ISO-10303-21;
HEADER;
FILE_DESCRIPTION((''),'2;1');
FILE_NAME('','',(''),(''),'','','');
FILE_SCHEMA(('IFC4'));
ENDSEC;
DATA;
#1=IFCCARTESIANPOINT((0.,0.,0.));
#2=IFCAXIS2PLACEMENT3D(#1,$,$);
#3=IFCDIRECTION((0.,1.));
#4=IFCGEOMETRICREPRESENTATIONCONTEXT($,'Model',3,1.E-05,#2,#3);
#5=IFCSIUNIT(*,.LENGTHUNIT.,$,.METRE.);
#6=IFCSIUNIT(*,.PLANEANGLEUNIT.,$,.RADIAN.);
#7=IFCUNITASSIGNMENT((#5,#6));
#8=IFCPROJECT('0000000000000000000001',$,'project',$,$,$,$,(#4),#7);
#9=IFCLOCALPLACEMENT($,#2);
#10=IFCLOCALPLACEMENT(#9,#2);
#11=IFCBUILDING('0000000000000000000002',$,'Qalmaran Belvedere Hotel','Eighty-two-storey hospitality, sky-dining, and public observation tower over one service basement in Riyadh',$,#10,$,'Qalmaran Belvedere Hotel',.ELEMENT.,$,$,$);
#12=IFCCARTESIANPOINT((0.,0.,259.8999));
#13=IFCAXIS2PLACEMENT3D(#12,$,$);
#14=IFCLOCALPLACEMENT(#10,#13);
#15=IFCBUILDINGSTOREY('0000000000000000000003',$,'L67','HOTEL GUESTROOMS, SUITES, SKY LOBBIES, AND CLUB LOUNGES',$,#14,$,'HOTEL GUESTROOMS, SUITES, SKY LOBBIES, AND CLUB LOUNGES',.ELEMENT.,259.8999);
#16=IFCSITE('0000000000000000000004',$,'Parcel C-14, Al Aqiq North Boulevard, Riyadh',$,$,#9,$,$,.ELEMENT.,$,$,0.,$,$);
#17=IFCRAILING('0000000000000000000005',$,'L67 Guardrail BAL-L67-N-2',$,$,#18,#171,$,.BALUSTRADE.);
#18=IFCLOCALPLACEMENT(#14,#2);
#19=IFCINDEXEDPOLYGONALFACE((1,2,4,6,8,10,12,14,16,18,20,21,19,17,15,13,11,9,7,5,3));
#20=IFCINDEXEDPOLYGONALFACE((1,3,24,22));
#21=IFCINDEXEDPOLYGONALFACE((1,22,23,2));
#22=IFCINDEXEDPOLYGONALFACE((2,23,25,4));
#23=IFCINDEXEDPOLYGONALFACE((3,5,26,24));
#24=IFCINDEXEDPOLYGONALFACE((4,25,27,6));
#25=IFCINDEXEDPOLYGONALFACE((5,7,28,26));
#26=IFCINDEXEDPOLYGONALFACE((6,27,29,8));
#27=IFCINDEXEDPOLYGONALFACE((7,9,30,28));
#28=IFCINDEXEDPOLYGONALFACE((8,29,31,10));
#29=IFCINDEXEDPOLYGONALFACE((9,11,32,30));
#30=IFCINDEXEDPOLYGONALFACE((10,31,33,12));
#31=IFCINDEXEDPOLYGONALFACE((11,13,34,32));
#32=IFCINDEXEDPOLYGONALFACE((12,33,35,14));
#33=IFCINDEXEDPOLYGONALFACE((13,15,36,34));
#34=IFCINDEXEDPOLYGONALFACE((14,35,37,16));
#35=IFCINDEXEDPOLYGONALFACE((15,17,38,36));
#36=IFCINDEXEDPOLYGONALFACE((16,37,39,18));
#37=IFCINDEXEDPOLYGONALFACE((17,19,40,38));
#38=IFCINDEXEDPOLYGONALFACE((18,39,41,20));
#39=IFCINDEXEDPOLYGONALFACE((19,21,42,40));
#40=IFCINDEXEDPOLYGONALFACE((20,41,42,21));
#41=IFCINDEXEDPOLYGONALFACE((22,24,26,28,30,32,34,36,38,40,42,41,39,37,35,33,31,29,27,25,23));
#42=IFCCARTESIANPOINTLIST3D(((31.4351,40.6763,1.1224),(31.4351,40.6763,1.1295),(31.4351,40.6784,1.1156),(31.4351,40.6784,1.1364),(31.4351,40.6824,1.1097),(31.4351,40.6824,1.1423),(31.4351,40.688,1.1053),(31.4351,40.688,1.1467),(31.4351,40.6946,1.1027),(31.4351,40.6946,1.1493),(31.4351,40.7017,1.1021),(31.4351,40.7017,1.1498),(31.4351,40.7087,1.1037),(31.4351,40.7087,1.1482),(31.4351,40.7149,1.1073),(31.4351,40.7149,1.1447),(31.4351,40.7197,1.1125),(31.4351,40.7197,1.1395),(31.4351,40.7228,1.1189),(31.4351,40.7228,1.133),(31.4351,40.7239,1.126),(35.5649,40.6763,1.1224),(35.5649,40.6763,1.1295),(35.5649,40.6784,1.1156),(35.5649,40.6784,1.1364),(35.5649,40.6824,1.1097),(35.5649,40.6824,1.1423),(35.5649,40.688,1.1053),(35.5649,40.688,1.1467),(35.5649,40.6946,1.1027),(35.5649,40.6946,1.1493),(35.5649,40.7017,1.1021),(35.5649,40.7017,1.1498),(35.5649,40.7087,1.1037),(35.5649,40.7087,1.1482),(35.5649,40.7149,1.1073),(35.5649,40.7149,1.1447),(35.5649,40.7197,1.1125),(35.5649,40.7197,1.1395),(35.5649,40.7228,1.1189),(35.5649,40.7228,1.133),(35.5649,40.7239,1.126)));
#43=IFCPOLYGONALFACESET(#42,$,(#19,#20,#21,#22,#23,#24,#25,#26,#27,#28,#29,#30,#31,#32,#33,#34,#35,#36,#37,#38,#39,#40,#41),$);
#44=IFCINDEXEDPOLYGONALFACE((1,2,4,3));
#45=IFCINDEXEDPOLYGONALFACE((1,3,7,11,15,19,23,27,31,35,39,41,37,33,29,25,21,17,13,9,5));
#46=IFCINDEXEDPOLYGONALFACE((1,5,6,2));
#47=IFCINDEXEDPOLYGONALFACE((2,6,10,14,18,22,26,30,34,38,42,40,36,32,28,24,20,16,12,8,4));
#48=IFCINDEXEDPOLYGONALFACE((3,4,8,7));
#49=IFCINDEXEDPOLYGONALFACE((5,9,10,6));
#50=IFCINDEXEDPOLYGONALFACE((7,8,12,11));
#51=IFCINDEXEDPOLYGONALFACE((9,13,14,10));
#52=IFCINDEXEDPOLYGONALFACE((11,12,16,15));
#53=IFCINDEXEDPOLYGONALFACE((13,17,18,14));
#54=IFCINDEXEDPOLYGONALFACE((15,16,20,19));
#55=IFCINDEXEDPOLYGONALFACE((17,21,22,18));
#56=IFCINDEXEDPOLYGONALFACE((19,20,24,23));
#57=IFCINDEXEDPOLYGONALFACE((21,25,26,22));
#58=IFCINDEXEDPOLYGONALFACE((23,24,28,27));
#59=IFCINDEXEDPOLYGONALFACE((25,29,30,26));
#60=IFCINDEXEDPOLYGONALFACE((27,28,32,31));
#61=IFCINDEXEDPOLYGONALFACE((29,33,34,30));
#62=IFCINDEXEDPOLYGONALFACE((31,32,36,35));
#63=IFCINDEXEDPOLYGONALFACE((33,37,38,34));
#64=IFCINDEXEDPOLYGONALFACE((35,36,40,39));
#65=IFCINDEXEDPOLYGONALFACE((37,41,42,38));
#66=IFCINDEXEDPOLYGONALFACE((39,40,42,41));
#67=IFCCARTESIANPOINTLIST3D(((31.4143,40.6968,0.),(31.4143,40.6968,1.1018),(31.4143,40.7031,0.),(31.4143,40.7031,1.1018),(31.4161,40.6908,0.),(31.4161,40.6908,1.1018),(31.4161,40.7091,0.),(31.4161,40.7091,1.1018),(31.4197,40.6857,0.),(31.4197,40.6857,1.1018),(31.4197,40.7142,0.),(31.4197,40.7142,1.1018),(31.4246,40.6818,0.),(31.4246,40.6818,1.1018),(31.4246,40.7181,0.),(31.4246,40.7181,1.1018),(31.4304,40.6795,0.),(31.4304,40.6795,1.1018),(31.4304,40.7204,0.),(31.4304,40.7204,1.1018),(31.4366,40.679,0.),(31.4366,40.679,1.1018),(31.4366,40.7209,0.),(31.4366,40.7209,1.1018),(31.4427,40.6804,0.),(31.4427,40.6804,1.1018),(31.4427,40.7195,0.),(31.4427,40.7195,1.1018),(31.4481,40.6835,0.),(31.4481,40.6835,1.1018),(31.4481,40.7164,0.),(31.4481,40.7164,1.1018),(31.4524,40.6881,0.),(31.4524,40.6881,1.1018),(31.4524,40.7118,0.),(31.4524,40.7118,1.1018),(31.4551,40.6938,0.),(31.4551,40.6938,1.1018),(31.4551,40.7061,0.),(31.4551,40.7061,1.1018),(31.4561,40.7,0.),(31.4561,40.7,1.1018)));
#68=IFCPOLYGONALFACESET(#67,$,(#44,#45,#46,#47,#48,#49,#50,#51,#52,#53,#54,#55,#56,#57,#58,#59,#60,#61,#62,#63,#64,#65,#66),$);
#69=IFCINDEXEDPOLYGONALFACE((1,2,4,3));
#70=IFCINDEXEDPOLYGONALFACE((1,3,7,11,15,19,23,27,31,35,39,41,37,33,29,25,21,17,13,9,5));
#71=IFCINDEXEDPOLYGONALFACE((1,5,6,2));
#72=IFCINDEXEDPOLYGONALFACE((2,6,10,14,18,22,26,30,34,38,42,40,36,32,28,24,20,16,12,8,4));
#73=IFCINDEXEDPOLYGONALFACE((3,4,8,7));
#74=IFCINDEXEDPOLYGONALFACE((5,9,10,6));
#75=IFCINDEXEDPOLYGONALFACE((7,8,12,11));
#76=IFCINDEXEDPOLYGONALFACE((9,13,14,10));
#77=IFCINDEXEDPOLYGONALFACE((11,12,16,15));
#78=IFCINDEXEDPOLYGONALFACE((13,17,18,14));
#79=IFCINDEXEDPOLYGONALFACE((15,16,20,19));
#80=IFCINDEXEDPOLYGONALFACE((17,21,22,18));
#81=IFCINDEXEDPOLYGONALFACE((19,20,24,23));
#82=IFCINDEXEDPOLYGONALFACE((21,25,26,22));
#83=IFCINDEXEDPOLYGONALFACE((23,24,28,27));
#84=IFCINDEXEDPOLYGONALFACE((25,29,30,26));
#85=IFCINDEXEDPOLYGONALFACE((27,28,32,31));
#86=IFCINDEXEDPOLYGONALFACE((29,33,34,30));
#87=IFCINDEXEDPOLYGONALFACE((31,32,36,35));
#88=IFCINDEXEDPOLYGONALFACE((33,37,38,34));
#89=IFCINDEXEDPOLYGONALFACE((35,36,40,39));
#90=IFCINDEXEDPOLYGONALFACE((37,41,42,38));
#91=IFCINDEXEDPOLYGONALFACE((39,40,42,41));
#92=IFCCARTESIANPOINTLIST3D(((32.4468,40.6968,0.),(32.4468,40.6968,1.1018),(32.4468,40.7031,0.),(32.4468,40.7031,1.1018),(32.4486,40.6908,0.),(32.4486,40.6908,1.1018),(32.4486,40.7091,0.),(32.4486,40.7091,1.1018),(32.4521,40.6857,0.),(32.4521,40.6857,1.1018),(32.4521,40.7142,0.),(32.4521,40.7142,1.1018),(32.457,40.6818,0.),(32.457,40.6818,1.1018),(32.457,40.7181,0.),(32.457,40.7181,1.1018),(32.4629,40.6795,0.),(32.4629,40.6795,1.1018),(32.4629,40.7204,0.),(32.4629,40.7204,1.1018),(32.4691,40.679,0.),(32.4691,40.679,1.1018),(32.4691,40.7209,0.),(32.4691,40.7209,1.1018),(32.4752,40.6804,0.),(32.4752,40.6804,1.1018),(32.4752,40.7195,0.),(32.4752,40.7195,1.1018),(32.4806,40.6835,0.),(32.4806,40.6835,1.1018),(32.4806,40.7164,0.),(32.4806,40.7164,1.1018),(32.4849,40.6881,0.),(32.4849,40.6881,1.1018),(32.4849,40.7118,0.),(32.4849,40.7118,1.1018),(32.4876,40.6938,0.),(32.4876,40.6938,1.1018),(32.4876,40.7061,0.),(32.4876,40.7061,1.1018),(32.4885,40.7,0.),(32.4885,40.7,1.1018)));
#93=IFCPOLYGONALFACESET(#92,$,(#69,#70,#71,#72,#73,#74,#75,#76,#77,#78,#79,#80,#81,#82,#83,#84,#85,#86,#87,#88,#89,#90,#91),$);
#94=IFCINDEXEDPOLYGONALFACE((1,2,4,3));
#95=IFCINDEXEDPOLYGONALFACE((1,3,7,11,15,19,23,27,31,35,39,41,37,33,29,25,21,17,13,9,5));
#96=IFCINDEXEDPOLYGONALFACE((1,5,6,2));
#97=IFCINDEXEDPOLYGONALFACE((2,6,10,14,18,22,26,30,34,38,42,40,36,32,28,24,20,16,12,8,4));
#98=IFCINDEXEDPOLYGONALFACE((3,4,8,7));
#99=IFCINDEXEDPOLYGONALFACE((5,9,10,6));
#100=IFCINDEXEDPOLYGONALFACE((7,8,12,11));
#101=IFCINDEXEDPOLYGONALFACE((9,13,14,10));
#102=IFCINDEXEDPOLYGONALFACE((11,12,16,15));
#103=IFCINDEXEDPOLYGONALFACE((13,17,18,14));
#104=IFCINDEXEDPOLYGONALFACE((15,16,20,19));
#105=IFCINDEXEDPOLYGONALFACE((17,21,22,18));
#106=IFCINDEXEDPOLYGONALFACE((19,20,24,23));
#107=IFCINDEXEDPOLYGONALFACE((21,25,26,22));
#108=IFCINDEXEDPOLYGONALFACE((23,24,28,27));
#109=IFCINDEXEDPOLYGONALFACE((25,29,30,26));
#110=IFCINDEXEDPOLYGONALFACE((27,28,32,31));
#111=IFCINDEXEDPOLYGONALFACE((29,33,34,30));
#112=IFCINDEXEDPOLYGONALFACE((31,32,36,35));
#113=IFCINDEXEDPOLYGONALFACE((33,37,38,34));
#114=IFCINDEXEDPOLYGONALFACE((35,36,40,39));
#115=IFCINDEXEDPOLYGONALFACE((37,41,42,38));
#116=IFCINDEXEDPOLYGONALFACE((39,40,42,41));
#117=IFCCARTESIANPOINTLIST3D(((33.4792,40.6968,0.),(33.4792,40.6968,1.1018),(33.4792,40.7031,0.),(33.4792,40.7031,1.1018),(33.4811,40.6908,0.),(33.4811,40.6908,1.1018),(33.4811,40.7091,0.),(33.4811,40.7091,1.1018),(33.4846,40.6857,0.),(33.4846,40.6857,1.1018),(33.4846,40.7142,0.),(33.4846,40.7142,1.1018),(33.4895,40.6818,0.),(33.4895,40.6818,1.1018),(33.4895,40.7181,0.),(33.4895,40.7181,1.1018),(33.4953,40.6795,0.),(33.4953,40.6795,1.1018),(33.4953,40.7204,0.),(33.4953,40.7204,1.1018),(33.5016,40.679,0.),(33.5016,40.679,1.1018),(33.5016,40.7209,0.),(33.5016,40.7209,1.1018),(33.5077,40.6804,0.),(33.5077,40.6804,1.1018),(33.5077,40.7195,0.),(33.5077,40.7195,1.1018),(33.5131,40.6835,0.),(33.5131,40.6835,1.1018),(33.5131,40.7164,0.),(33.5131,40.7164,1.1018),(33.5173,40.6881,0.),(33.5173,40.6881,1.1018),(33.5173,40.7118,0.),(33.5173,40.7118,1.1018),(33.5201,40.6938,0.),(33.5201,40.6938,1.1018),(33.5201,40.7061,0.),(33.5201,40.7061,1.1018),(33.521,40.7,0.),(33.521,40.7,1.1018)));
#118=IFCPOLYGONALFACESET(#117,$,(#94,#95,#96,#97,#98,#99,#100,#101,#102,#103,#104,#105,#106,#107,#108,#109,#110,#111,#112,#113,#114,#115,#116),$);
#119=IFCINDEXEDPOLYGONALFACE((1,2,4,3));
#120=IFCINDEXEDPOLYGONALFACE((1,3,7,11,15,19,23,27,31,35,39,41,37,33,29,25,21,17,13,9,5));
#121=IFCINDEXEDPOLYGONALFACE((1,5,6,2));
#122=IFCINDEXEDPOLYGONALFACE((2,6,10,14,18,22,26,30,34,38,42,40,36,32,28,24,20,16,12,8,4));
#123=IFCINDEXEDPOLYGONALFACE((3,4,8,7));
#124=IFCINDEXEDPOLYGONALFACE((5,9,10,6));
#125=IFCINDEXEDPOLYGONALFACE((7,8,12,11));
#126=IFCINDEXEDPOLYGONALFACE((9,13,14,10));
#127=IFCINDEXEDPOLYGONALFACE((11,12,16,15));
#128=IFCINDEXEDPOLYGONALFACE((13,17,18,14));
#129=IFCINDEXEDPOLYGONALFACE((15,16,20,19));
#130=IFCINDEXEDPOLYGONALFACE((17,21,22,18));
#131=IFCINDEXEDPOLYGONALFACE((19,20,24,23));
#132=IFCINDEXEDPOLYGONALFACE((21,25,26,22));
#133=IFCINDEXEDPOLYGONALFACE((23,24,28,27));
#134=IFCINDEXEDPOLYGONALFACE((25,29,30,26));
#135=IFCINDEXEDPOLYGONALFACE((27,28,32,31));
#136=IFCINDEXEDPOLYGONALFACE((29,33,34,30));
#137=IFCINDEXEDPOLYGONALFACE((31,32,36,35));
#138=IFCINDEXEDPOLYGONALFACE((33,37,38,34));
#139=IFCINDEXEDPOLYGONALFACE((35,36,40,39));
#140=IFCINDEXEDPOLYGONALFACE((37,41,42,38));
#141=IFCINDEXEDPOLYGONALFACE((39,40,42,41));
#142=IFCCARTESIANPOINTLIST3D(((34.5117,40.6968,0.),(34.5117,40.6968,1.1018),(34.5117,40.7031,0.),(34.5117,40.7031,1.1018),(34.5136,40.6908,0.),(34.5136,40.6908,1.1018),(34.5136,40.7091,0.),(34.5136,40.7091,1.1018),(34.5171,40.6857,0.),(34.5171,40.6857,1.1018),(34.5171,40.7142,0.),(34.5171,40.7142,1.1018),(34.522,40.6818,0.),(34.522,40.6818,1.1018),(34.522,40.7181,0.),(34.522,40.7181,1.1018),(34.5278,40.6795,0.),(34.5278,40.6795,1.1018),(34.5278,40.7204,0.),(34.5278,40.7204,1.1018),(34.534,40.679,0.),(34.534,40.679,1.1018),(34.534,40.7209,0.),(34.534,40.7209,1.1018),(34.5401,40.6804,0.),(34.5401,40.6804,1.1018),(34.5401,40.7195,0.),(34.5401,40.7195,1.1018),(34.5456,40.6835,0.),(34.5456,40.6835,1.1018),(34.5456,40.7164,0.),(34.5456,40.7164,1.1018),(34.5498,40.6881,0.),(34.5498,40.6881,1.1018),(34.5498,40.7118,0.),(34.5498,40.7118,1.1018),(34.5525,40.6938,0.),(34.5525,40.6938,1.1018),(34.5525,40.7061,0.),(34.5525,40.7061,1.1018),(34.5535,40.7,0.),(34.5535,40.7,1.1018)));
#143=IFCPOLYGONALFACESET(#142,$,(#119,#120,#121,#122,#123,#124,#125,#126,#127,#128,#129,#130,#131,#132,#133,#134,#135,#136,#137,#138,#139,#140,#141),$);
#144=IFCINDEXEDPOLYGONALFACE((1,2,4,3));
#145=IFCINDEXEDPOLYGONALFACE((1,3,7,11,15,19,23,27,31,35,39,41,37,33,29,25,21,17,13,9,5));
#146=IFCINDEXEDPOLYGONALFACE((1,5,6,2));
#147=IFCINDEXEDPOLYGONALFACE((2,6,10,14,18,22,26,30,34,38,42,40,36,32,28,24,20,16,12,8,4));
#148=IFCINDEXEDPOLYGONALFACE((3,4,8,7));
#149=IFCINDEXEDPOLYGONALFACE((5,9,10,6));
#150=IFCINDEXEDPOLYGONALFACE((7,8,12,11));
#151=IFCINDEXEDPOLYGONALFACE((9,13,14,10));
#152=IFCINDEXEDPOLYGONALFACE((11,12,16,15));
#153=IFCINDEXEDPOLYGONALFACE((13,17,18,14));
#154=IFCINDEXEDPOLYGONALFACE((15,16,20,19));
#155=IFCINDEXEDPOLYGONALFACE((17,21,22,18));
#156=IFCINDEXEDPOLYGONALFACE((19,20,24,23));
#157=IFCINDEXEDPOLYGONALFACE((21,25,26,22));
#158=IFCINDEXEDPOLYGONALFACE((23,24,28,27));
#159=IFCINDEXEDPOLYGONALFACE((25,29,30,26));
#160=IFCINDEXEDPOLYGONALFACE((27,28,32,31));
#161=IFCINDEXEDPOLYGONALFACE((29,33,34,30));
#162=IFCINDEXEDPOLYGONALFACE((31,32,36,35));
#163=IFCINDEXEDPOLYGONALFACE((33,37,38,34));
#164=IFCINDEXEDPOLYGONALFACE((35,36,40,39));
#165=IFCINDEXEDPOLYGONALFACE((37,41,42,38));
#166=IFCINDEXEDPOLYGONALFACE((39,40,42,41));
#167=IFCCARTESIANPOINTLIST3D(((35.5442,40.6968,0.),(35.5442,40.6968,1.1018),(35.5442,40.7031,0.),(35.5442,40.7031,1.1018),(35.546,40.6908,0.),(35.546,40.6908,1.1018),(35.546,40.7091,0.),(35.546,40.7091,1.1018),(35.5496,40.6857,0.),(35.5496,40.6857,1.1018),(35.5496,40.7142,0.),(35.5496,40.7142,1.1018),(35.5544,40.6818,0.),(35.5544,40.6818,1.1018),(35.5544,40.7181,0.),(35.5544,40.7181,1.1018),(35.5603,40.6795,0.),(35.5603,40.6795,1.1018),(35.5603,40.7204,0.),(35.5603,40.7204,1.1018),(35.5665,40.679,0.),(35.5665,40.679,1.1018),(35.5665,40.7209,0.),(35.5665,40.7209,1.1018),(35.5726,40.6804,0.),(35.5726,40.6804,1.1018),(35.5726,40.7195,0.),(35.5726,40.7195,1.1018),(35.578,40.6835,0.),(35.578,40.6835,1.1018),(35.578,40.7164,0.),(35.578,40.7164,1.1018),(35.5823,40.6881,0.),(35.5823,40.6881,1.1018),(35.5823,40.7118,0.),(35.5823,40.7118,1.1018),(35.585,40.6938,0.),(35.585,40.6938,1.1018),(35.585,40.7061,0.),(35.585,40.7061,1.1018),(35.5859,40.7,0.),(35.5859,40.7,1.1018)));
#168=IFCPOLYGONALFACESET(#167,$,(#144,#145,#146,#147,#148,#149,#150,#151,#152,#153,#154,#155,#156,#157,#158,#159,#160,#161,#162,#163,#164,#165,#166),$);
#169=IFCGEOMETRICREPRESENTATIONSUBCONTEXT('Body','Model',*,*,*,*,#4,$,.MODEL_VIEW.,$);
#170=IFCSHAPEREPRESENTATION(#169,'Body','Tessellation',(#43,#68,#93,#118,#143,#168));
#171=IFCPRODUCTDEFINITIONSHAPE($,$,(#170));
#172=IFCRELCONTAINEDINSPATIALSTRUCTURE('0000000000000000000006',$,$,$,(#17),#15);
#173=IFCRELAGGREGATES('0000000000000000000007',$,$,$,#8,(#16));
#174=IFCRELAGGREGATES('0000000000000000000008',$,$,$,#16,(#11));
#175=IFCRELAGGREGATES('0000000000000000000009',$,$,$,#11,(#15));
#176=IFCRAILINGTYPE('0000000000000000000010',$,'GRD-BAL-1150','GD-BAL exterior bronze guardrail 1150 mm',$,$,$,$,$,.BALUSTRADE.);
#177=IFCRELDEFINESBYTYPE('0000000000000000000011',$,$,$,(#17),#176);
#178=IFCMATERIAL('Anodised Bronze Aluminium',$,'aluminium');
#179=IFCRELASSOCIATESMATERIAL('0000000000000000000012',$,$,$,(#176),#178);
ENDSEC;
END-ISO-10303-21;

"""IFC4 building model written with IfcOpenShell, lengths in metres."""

from ifc_helpers import new_model, si_unit, direction, frame, origin, origin_2d, place, context, subcontext, project, spatial, circle, extrude, material, type_object, element, save


model = new_model("IFC4")

# Units and contexts
model_context = context("Model", 3, precision=1e-05, world=origin(), true_north=direction((0.0, 1.0)))
body_context = subcontext(model_context, "Body", "Model", "MODEL_VIEW")
ifc_project = project(units=[si_unit("LENGTHUNIT", "METRE"), si_unit("PLANEANGLEUNIT", "RADIAN")], contexts=[model_context])

# Site, building, storey
site_placement = place(None, origin())
site = spatial("IfcSite", under=ifc_project, at=site_placement, Name="Parcel C-14, Al Aqiq North Boulevard, Riyadh", CompositionType="ELEMENT", RefElevation=0.0)
building_placement = place(site_placement, origin())
building = spatial("IfcBuilding", under=site, at=building_placement, Name="Qalmaran Belvedere Hotel", Description="Eighty-two-storey hospitality, sky-dining, and public observation tower over one service basement in Riyadh", LongName="Qalmaran Belvedere Hotel", CompositionType="ELEMENT")
storey_placement = place(building_placement, frame((0.0, 0.0, 259.8999)))
storey = spatial("IfcBuildingStorey", under=building, at=storey_placement, Name="L67", Description="HOTEL GUESTROOMS, SUITES, SKY LOBBIES, AND CLUB LOUNGES", LongName="HOTEL GUESTROOMS, SUITES, SKY LOBBIES, AND CLUB LOUNGES", CompositionType="ELEMENT", Elevation=259.8999)

# Shared definitions
ifc_material_1 = material(Name="Anodised Bronze Aluminium", Category="aluminium")

# Railing
railing_type = type_object("IfcRailingType", Name="GRD-BAL-1150", Description="GD-BAL exterior bronze guardrail 1150 mm", PredefinedType="BALUSTRADE", material=ifc_material_1)
railing_1_placement = place(storey_placement, frame((31.4351, 40.7, 0.0)))
element("IfcRailing", 1, at=railing_1_placement, inside=storey, type_object=railing_type, Name="L67 Guardrail BAL-L67-N-2", PredefinedType="BALUSTRADE", context=body_context, shape_type="SweptSolid", body=[
    extrude(circle(Radius=0.0239, at=origin_2d()), frame((0.0, 0.0, 1.126), z_axis=(1.0, 0.0, 0.0), x_axis=(0.0, 1.0, 0.0)), (0.0, 0.0, 1.0), 4.1299),
    extrude(circle(Radius=0.021, at=origin_2d()), origin(), (0.0, 0.0, 1.0), 1.1018),
    extrude(circle(Radius=0.021, at=origin_2d()), frame((1.0325, 0.0, 0.0)), (0.0, 0.0, 1.0), 1.1018),
    extrude(circle(Radius=0.021, at=origin_2d()), frame((2.0649, 0.0, 0.0)), (0.0, 0.0, 1.0), 1.1018),
    extrude(circle(Radius=0.021, at=origin_2d()), frame((3.0974, 0.0, 0.0)), (0.0, 0.0, 1.0), 1.1018),
    extrude(circle(Radius=0.021, at=origin_2d()), frame((4.1299, 0.0, 0.0)), (0.0, 0.0, 1.0), 1.1018),
])

save(model, "model.ifc")
